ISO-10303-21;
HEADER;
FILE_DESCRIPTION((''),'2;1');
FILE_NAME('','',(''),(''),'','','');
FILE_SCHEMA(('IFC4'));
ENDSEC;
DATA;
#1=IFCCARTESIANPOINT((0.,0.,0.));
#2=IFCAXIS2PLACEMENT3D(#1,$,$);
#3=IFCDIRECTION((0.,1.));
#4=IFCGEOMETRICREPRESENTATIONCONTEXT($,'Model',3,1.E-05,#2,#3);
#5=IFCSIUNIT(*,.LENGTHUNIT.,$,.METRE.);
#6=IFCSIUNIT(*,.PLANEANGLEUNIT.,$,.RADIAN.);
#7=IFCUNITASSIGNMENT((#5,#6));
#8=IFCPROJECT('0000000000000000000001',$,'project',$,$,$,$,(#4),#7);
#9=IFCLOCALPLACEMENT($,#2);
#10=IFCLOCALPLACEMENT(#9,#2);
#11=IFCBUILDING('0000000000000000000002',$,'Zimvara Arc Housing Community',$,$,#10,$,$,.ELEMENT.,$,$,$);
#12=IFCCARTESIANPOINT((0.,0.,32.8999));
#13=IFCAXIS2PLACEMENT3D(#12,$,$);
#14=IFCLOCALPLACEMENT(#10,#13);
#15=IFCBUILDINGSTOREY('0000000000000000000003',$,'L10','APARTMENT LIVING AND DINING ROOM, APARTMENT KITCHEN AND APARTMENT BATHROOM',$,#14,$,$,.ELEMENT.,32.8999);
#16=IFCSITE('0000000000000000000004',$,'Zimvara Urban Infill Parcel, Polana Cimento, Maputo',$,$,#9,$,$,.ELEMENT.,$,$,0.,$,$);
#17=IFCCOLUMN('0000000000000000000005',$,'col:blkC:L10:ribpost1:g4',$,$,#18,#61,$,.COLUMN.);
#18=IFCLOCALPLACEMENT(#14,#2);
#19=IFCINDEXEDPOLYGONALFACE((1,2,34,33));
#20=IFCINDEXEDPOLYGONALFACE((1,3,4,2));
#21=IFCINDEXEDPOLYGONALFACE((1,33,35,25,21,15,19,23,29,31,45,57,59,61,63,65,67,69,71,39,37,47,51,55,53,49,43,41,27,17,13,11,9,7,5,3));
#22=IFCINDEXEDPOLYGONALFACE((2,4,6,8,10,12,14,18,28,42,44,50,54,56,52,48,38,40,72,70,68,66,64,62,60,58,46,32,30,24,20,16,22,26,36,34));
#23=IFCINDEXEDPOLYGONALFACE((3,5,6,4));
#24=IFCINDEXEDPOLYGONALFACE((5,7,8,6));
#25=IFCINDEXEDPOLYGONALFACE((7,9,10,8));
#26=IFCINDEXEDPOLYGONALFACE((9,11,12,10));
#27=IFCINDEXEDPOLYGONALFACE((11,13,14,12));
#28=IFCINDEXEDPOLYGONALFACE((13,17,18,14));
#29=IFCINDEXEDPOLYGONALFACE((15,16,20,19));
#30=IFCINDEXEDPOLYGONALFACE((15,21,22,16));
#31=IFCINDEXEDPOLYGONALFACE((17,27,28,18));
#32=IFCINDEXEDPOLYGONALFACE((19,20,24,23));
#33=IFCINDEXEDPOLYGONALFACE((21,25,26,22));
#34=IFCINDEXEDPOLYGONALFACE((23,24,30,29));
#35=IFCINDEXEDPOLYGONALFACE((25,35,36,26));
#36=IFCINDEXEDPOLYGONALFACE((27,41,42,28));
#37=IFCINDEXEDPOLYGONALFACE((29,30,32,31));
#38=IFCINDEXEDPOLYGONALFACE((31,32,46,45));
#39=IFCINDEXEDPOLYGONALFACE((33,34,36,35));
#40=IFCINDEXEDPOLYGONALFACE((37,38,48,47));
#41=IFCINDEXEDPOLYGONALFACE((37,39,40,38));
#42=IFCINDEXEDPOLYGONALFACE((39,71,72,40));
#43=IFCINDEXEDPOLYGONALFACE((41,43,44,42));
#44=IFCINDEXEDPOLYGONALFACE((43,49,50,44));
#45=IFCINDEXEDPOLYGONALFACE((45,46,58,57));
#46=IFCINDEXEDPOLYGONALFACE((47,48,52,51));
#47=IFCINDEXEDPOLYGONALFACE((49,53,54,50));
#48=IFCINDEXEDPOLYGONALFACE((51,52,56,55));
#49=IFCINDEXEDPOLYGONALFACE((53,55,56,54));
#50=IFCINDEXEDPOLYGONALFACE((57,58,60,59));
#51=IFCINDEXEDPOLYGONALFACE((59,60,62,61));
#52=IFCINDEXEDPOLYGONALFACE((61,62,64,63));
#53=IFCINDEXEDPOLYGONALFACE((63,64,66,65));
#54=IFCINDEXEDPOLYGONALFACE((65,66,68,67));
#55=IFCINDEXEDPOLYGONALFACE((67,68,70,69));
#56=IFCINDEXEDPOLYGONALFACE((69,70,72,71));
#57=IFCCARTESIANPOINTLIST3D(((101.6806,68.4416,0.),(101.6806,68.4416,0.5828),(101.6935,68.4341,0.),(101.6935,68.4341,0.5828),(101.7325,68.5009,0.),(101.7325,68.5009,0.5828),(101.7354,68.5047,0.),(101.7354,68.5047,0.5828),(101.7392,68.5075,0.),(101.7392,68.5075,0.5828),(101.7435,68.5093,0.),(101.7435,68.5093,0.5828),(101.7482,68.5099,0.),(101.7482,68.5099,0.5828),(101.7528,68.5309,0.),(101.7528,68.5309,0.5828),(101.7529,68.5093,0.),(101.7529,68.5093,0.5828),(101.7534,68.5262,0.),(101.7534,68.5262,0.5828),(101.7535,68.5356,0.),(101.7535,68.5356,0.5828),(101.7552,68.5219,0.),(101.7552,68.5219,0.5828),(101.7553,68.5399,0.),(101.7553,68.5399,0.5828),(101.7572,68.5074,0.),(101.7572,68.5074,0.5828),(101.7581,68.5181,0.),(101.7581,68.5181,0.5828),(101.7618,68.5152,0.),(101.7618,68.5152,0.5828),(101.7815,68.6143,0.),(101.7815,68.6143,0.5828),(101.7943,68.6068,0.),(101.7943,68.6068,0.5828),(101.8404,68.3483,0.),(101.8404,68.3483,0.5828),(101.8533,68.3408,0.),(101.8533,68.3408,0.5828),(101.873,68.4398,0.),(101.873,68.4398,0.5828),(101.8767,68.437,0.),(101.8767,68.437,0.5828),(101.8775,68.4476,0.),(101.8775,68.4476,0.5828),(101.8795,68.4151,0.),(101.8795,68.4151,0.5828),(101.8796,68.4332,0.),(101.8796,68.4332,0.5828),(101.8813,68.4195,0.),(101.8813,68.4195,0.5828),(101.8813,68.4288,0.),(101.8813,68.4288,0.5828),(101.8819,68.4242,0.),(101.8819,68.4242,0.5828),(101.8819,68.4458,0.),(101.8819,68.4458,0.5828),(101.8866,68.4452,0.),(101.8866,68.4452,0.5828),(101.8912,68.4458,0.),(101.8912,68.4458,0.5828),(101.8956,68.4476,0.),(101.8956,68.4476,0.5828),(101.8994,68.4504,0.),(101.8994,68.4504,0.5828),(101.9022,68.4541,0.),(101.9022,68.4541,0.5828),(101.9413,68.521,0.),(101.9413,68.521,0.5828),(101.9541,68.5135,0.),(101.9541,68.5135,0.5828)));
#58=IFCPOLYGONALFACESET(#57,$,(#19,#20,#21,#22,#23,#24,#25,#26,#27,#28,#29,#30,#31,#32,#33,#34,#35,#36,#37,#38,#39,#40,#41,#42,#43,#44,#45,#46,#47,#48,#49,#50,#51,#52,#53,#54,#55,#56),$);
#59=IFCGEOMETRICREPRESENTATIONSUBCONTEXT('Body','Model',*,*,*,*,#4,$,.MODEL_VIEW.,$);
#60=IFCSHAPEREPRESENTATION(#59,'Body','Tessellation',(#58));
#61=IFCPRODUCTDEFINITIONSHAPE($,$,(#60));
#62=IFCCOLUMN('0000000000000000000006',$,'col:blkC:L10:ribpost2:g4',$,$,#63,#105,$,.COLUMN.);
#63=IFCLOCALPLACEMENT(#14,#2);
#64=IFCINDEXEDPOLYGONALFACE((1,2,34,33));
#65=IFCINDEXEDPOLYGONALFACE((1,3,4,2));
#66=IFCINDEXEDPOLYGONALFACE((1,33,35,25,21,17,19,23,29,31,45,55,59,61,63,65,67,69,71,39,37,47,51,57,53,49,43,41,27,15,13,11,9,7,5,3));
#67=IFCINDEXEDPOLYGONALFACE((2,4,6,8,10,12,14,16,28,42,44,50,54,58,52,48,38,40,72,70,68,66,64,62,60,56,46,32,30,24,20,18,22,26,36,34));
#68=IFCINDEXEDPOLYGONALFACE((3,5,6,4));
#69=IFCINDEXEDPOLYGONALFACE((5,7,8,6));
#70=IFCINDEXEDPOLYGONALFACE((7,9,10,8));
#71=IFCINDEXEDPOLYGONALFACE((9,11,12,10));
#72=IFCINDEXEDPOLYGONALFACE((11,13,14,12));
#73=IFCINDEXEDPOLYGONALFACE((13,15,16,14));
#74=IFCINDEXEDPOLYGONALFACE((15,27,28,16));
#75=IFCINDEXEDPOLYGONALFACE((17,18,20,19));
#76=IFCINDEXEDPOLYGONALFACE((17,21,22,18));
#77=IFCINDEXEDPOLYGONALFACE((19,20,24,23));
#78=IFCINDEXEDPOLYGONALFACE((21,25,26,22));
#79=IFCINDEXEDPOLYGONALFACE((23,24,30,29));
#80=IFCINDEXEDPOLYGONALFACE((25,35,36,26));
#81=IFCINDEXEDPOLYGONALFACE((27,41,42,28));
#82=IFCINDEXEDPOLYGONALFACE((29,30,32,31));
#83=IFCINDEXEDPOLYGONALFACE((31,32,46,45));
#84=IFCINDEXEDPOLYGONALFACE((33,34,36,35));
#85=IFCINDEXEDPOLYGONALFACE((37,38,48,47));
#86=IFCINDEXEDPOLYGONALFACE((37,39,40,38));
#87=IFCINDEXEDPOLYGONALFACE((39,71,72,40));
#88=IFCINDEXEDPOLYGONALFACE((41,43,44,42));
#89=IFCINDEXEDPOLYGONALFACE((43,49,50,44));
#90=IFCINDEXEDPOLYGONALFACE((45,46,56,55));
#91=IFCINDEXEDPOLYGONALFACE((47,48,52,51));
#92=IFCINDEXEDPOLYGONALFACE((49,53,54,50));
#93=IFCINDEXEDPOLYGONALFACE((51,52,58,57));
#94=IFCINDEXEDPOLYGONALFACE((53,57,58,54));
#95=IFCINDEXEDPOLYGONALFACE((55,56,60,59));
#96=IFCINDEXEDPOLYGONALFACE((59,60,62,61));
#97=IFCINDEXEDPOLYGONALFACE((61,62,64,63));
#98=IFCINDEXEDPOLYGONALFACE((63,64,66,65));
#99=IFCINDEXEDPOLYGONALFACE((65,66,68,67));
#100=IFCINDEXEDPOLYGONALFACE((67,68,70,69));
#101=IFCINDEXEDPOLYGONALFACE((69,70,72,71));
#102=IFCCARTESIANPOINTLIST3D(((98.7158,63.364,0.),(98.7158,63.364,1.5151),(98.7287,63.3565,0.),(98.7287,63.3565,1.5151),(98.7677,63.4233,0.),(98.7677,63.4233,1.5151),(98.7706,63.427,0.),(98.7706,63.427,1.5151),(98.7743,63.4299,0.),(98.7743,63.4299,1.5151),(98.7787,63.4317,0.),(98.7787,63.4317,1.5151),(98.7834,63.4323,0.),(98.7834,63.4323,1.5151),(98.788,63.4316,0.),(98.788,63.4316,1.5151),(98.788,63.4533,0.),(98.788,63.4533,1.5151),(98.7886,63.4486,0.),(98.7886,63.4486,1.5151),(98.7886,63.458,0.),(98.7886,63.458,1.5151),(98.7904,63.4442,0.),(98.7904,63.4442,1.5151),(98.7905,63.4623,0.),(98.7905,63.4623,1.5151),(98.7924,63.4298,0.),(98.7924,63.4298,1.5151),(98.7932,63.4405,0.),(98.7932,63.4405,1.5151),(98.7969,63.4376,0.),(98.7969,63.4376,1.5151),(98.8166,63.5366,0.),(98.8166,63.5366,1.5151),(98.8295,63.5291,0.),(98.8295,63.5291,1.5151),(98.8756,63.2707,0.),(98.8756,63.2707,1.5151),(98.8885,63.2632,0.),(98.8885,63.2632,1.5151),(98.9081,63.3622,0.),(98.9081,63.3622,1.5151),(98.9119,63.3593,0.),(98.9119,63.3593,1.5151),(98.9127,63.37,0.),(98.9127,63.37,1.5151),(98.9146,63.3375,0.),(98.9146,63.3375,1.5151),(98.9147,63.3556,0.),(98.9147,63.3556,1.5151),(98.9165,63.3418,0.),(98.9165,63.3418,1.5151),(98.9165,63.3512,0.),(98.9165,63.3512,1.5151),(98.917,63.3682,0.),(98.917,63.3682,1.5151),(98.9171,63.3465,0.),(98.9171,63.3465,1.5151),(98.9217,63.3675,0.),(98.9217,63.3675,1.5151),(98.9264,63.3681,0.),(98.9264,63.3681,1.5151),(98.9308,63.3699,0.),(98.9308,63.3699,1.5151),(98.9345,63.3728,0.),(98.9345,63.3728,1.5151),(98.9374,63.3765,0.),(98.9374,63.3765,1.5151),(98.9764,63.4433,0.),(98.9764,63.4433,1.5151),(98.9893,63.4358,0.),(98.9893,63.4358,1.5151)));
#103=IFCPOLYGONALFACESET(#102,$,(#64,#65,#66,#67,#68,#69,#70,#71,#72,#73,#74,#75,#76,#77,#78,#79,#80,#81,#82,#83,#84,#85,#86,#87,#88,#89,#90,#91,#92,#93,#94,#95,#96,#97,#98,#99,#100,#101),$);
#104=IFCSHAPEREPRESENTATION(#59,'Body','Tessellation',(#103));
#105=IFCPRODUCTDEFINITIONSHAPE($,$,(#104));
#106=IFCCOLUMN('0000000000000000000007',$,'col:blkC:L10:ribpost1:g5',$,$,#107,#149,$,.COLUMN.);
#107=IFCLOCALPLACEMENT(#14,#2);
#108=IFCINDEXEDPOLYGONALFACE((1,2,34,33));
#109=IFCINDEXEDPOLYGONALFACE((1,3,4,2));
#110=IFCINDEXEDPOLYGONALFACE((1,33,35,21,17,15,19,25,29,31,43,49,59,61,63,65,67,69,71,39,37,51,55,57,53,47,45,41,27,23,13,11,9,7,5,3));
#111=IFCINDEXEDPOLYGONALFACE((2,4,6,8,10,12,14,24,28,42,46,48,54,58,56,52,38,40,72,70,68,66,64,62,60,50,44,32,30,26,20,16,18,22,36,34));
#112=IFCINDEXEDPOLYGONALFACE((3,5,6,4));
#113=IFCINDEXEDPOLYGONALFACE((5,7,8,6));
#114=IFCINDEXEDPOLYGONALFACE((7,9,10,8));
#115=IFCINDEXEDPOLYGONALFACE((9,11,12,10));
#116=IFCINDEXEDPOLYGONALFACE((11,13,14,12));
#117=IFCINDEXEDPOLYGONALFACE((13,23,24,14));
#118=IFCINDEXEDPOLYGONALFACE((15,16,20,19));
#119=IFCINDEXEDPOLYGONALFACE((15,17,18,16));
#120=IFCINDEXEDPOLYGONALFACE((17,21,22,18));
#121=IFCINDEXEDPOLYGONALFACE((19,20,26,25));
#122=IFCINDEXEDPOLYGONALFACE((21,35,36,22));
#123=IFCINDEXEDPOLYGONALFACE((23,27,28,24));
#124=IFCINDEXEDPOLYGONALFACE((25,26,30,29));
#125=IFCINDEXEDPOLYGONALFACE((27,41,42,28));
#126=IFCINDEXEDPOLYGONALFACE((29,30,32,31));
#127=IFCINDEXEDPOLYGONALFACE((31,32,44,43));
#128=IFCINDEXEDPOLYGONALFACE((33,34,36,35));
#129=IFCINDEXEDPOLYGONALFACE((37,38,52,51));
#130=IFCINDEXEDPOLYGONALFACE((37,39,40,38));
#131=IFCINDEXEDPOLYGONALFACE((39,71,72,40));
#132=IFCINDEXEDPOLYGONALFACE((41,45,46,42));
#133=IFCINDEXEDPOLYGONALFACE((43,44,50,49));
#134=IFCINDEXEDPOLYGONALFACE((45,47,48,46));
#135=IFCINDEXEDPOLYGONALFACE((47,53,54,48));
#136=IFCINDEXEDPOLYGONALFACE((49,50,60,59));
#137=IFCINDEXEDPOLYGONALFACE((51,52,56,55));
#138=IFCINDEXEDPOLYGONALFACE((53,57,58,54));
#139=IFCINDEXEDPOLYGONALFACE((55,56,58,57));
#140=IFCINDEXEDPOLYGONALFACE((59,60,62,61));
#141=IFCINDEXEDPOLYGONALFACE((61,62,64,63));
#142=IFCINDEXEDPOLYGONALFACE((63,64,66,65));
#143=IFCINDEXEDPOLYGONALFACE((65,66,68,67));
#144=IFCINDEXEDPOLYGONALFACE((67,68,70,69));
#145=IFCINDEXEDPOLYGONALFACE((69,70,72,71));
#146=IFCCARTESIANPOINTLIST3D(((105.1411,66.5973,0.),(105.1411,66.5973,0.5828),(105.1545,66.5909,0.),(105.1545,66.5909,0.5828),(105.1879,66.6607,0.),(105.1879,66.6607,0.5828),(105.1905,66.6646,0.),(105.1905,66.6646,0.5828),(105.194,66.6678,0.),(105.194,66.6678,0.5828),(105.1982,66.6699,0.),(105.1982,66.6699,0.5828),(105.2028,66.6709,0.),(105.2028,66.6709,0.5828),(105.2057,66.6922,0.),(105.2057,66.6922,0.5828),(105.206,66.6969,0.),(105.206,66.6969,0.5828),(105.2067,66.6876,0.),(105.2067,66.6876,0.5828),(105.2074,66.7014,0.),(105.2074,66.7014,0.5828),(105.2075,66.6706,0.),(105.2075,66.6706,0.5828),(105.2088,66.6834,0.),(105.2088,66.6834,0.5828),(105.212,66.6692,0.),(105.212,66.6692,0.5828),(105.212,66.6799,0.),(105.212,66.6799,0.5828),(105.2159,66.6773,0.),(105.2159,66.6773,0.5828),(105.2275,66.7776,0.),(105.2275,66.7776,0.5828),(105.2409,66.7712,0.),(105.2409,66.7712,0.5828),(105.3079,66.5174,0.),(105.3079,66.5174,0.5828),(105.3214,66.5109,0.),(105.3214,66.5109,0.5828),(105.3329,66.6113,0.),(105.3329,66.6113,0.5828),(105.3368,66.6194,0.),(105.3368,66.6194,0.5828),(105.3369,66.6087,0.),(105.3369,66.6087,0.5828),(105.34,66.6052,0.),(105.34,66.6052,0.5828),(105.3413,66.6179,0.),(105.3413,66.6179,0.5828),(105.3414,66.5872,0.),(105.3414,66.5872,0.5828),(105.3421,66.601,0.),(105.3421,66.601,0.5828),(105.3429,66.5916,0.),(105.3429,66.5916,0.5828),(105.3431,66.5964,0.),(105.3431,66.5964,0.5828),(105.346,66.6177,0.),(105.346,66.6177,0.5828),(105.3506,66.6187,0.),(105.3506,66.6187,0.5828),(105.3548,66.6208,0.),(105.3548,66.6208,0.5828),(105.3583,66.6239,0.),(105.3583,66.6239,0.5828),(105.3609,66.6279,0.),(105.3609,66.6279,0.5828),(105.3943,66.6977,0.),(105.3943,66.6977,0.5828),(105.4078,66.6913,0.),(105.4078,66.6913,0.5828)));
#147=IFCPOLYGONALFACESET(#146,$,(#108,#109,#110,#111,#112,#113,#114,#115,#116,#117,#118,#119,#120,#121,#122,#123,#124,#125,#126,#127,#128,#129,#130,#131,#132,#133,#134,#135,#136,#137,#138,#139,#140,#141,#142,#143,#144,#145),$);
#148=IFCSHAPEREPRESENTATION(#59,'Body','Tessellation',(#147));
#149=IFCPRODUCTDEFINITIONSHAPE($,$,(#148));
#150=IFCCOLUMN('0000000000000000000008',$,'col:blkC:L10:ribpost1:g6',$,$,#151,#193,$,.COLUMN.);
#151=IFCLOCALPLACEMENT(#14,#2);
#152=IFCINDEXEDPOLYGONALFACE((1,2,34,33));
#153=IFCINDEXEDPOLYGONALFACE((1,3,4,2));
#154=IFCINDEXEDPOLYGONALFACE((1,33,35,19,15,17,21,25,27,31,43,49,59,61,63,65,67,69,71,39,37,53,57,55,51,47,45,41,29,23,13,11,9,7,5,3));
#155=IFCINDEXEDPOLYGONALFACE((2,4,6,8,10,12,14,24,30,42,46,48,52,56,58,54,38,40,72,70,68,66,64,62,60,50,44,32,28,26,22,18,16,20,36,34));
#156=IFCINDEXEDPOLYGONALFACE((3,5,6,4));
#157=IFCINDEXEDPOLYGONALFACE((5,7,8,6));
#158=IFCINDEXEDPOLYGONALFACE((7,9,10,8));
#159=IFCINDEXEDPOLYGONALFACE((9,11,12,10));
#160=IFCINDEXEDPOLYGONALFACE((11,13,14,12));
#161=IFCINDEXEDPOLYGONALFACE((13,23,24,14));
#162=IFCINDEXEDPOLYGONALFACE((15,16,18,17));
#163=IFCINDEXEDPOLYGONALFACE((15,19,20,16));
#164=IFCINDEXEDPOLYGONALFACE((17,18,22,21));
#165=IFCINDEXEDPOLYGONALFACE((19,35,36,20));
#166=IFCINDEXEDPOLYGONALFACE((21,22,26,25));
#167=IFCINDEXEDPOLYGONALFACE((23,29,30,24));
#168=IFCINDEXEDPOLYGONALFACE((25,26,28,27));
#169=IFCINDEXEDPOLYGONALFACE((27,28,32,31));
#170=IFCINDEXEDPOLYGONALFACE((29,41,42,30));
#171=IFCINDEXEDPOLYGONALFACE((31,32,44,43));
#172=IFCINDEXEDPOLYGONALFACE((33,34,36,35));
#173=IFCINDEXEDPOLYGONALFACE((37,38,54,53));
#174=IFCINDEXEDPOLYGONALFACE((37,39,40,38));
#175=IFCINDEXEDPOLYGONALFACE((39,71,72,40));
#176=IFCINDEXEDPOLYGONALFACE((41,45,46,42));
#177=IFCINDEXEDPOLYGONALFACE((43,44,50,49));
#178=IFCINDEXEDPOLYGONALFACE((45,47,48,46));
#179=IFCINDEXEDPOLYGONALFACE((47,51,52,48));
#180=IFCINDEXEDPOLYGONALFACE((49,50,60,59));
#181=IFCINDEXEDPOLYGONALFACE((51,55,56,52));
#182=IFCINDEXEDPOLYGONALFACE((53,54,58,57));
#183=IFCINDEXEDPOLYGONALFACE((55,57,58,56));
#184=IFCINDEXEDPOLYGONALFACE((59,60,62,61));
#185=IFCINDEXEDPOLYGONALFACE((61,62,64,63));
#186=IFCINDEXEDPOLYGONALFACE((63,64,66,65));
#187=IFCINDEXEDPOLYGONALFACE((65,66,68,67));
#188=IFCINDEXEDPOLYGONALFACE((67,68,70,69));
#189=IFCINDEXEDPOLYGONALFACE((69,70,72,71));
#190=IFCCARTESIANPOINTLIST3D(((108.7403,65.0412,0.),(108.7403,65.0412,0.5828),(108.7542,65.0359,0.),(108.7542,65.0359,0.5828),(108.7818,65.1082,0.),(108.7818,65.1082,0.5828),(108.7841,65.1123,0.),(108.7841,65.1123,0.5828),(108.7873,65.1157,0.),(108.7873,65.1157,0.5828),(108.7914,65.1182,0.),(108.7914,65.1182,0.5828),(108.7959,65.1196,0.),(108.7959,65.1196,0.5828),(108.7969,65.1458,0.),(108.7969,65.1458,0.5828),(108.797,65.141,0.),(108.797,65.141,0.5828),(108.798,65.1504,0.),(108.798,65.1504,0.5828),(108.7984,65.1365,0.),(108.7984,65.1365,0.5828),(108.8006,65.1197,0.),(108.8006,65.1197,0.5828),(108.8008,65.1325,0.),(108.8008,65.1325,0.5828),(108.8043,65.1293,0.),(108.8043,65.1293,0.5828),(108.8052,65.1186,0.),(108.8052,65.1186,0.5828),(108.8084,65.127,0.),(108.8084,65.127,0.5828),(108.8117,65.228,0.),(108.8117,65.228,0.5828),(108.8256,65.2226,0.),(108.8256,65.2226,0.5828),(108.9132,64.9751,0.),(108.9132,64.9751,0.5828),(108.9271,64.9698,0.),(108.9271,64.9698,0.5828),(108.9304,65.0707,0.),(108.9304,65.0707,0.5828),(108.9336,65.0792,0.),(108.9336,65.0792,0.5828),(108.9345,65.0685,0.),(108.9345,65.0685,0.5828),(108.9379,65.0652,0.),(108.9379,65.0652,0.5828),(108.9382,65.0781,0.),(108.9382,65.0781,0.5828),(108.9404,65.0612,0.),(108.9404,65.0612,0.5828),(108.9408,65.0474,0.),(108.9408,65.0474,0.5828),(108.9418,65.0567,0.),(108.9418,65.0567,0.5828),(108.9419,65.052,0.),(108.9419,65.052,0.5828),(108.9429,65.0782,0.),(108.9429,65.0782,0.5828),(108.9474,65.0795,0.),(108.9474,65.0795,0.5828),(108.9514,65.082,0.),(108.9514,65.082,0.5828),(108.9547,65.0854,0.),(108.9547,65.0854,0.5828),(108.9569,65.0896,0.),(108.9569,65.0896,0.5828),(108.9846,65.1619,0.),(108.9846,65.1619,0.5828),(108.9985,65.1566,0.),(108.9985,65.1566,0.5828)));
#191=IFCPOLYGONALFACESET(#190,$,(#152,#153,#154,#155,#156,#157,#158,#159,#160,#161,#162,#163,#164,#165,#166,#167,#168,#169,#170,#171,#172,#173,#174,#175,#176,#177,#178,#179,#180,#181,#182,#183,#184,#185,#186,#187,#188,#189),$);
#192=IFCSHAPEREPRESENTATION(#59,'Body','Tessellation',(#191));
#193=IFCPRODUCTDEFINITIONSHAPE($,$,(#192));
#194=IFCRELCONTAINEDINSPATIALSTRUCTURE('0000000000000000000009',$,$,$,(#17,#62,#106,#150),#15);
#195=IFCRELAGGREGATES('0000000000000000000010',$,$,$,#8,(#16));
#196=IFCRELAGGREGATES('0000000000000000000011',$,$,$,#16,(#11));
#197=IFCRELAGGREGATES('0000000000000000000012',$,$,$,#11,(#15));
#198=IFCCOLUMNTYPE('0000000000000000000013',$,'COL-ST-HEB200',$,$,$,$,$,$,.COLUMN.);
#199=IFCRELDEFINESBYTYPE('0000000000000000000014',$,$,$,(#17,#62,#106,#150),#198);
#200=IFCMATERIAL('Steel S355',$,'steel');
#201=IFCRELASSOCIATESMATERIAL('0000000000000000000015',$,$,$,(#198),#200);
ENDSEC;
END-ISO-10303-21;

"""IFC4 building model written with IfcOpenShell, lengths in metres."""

from ifc_helpers import new_model, si_unit, direction, frame, origin, origin_2d, place, context, subcontext, project, spatial, i_section, extrude, material, material_profile, profile_set, type_object, element, save


model = new_model("IFC4")

# Units and contexts
model_context = context("Model", 3, precision=1e-05, world=origin(), true_north=direction((0.0, 1.0)))
body_context = subcontext(model_context, "Body", "Model", "MODEL_VIEW")
ifc_project = project(units=[si_unit("LENGTHUNIT", "METRE"), si_unit("PLANEANGLEUNIT", "RADIAN")], contexts=[model_context])

# Site, building, storey
site_placement = place(None, origin())
site = spatial("IfcSite", under=ifc_project, at=site_placement, Name="Zimvara Urban Infill Parcel, Polana Cimento, Maputo", CompositionType="ELEMENT", RefElevation=0.0)
building_placement = place(site_placement, origin())
building = spatial("IfcBuilding", under=site, at=building_placement, Name="Zimvara Arc Housing Community", CompositionType="ELEMENT")
storey_placement = place(building_placement, frame((0.0, 0.0, 32.8999)))
storey = spatial("IfcBuildingStorey", under=building, at=storey_placement, Name="L10", Description="APARTMENT LIVING AND DINING ROOM, APARTMENT KITCHEN AND APARTMENT BATHROOM", CompositionType="ELEMENT", Elevation=32.8999)

# Columns
ifc_material_1 = material(Name="Steel S355", Category="steel")
ifc_material_profile_1 = material_profile(ifc_material_1, i_section(OverallWidth=0.2, OverallDepth=0.2, WebThickness=0.009, FlangeThickness=0.0149, FilletRadius=0.0181, at=origin_2d()), Name="HEB 200")
ifc_profile_set_1 = profile_set([ifc_material_profile_1], Name="Steel S355")
column_type = type_object("IfcColumnType", Name="COL-ST-HEB200", PredefinedType="COLUMN", material=ifc_profile_set_1)
column_1_placement = place(storey_placement, frame((101.8174, 68.4775, 0.0), z_axis=(0.0, 0.0, 1.0), x_axis=(-0.504226, -0.863572, 0.0)))
element("IfcColumn", 1, at=column_1_placement, inside=storey, type_object=column_type, Name="col:blkC:L10:ribpost1:g4", PredefinedType="COLUMN", context=body_context, shape_type="SweptSolid", body=[
    extrude(i_section(OverallWidth=0.2, OverallDepth=0.2, WebThickness=0.009, FlangeThickness=0.0149, FilletRadius=0.0181, at=origin_2d()), origin(), (0.0, 0.0, 1.0), 0.5828),
])
column_2_placement = place(storey_placement, frame((98.8525, 63.3999, 0.0), z_axis=(0.0, 0.0, 1.0), x_axis=(-0.504226, -0.863572, 0.0)))
element("IfcColumn", 2, at=column_2_placement, inside=storey, type_object=column_type, Name="col:blkC:L10:ribpost2:g4", PredefinedType="COLUMN", context=body_context, shape_type="SweptSolid", body=[
    extrude(i_section(OverallWidth=0.2, OverallDepth=0.2, WebThickness=0.009, FlangeThickness=0.0149, FilletRadius=0.0181, at=origin_2d()), origin(), (0.0, 0.0, 1.0), 1.5151),
])
for number, where, z_axis, x_axis, name in (
    (3, (105.2744, 66.6443, 0.0), (0.0, 0.0, 1.0), (-0.432086, -0.901833, 0.0), "col:blkC:L10:ribpost1:g5"),
    (4, (108.8694, 65.0989, 0.0), (0.0, 0.0, 1.0), (-0.357064, -0.93408, 0.0), "col:blkC:L10:ribpost1:g6"),
):
    element("IfcColumn", number, at=place(storey_placement, frame(where, z_axis=z_axis, x_axis=x_axis)), inside=storey, type_object=column_type, Name=name, PredefinedType="COLUMN", context=body_context, shape_type="SweptSolid", body=[
        extrude(i_section(OverallWidth=0.2, OverallDepth=0.2, WebThickness=0.009, FlangeThickness=0.0149, FilletRadius=0.0181, at=origin_2d()), origin(), (0.0, 0.0, 1.0), 0.5828),
    ])

save(model, "model.ifc")
